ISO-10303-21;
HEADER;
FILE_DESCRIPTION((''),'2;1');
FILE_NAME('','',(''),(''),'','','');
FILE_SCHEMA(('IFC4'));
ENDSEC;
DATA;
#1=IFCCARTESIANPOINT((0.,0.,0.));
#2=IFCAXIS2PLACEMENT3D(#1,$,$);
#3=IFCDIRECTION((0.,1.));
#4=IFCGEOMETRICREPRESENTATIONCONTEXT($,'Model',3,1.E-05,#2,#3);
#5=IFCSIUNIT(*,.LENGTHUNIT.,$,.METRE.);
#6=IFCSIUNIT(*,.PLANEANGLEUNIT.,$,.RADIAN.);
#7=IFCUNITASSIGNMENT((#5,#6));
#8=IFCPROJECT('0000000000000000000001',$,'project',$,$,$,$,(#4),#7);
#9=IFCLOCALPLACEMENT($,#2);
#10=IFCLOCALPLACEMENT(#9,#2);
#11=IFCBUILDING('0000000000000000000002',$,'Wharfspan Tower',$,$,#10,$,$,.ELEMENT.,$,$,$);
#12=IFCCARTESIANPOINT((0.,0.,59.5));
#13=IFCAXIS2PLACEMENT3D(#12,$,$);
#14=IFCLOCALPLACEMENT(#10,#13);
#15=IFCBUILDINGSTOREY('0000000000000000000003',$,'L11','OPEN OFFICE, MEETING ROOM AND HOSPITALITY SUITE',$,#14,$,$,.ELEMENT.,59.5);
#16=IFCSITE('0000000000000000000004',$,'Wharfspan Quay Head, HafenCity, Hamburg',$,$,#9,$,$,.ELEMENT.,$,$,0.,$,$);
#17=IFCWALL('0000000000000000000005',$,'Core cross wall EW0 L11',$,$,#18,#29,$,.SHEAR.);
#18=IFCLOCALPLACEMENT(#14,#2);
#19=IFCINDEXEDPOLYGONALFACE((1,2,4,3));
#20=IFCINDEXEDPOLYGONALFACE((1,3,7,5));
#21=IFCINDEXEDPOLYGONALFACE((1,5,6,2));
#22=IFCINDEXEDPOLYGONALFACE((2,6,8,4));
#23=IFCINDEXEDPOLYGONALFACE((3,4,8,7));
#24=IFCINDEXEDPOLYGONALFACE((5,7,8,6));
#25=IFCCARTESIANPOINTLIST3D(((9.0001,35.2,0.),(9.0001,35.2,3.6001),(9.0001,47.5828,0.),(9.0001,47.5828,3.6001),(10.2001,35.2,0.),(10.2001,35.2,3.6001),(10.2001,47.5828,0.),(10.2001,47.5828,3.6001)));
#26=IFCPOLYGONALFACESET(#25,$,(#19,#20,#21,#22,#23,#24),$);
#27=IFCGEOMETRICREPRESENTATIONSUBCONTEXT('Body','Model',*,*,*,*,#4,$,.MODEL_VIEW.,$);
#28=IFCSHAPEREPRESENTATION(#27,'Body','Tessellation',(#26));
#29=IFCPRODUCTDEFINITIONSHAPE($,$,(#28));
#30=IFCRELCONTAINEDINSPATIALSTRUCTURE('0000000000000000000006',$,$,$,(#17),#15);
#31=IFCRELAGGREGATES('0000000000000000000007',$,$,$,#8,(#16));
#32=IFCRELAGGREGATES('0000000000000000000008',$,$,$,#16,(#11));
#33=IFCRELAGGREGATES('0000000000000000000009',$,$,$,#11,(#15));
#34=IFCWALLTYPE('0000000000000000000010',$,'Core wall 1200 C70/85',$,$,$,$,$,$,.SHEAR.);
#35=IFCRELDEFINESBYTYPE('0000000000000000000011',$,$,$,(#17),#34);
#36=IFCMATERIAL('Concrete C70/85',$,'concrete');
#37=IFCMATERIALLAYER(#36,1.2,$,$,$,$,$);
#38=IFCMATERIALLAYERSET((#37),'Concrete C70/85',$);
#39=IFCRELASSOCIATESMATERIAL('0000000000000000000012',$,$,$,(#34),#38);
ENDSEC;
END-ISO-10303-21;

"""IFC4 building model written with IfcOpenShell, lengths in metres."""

from ifc_helpers import new_model, si_unit, direction, frame, frame_2d, origin, place, context, subcontext, project, spatial, rectangle, extrude, material, layer, layer_set, type_object, element, save


model = new_model("IFC4")

# Units and contexts
model_context = context("Model", 3, precision=1e-05, world=origin(), true_north=direction((0.0, 1.0)))
body_context = subcontext(model_context, "Body", "Model", "MODEL_VIEW")
ifc_project = project(units=[si_unit("LENGTHUNIT", "METRE"), si_unit("PLANEANGLEUNIT", "RADIAN")], contexts=[model_context])

# Site, building, storey
site_placement = place(None, origin())
site = spatial("IfcSite", under=ifc_project, at=site_placement, Name="Wharfspan Quay Head, HafenCity, Hamburg", CompositionType="ELEMENT", RefElevation=0.0)
building_placement = place(site_placement, origin())
building = spatial("IfcBuilding", under=site, at=building_placement, Name="Wharfspan Tower", CompositionType="ELEMENT")
storey_placement = place(building_placement, frame((0.0, 0.0, 59.5)))
storey = spatial("IfcBuildingStorey", under=building, at=storey_placement, Name="L11", Description="OPEN OFFICE, MEETING ROOM AND HOSPITALITY SUITE", CompositionType="ELEMENT", Elevation=59.5)

# Shared definitions
ifc_material_1 = material(Name="Concrete C70/85", Category="concrete")
ifc_layer = layer(ifc_material_1, 1.2)
ifc_layer_set = layer_set([ifc_layer], Name="Concrete C70/85")
wall_type = type_object("IfcWallType", Name="Core wall 1200 C70/85", PredefinedType="SHEAR", material=ifc_layer_set)

# Wall
wall_1_placement = place(storey_placement, frame((9.6001, 35.2, 0.0), z_axis=(0.0, 0.0, 1.0), x_axis=(0.0, 1.0, 0.0)))
element("IfcWall", 1, at=wall_1_placement, inside=storey, type_object=wall_type, Name="Core cross wall EW0 L11", PredefinedType="SHEAR", context=body_context, shape_type="SweptSolid", body=[
    extrude(rectangle(XDim=12.3828, YDim=1.2, at=frame_2d((6.1914, 0.0))), origin(), (0.0, 0.0, 1.0), 3.6001),
])

save(model, "model.ifc")
